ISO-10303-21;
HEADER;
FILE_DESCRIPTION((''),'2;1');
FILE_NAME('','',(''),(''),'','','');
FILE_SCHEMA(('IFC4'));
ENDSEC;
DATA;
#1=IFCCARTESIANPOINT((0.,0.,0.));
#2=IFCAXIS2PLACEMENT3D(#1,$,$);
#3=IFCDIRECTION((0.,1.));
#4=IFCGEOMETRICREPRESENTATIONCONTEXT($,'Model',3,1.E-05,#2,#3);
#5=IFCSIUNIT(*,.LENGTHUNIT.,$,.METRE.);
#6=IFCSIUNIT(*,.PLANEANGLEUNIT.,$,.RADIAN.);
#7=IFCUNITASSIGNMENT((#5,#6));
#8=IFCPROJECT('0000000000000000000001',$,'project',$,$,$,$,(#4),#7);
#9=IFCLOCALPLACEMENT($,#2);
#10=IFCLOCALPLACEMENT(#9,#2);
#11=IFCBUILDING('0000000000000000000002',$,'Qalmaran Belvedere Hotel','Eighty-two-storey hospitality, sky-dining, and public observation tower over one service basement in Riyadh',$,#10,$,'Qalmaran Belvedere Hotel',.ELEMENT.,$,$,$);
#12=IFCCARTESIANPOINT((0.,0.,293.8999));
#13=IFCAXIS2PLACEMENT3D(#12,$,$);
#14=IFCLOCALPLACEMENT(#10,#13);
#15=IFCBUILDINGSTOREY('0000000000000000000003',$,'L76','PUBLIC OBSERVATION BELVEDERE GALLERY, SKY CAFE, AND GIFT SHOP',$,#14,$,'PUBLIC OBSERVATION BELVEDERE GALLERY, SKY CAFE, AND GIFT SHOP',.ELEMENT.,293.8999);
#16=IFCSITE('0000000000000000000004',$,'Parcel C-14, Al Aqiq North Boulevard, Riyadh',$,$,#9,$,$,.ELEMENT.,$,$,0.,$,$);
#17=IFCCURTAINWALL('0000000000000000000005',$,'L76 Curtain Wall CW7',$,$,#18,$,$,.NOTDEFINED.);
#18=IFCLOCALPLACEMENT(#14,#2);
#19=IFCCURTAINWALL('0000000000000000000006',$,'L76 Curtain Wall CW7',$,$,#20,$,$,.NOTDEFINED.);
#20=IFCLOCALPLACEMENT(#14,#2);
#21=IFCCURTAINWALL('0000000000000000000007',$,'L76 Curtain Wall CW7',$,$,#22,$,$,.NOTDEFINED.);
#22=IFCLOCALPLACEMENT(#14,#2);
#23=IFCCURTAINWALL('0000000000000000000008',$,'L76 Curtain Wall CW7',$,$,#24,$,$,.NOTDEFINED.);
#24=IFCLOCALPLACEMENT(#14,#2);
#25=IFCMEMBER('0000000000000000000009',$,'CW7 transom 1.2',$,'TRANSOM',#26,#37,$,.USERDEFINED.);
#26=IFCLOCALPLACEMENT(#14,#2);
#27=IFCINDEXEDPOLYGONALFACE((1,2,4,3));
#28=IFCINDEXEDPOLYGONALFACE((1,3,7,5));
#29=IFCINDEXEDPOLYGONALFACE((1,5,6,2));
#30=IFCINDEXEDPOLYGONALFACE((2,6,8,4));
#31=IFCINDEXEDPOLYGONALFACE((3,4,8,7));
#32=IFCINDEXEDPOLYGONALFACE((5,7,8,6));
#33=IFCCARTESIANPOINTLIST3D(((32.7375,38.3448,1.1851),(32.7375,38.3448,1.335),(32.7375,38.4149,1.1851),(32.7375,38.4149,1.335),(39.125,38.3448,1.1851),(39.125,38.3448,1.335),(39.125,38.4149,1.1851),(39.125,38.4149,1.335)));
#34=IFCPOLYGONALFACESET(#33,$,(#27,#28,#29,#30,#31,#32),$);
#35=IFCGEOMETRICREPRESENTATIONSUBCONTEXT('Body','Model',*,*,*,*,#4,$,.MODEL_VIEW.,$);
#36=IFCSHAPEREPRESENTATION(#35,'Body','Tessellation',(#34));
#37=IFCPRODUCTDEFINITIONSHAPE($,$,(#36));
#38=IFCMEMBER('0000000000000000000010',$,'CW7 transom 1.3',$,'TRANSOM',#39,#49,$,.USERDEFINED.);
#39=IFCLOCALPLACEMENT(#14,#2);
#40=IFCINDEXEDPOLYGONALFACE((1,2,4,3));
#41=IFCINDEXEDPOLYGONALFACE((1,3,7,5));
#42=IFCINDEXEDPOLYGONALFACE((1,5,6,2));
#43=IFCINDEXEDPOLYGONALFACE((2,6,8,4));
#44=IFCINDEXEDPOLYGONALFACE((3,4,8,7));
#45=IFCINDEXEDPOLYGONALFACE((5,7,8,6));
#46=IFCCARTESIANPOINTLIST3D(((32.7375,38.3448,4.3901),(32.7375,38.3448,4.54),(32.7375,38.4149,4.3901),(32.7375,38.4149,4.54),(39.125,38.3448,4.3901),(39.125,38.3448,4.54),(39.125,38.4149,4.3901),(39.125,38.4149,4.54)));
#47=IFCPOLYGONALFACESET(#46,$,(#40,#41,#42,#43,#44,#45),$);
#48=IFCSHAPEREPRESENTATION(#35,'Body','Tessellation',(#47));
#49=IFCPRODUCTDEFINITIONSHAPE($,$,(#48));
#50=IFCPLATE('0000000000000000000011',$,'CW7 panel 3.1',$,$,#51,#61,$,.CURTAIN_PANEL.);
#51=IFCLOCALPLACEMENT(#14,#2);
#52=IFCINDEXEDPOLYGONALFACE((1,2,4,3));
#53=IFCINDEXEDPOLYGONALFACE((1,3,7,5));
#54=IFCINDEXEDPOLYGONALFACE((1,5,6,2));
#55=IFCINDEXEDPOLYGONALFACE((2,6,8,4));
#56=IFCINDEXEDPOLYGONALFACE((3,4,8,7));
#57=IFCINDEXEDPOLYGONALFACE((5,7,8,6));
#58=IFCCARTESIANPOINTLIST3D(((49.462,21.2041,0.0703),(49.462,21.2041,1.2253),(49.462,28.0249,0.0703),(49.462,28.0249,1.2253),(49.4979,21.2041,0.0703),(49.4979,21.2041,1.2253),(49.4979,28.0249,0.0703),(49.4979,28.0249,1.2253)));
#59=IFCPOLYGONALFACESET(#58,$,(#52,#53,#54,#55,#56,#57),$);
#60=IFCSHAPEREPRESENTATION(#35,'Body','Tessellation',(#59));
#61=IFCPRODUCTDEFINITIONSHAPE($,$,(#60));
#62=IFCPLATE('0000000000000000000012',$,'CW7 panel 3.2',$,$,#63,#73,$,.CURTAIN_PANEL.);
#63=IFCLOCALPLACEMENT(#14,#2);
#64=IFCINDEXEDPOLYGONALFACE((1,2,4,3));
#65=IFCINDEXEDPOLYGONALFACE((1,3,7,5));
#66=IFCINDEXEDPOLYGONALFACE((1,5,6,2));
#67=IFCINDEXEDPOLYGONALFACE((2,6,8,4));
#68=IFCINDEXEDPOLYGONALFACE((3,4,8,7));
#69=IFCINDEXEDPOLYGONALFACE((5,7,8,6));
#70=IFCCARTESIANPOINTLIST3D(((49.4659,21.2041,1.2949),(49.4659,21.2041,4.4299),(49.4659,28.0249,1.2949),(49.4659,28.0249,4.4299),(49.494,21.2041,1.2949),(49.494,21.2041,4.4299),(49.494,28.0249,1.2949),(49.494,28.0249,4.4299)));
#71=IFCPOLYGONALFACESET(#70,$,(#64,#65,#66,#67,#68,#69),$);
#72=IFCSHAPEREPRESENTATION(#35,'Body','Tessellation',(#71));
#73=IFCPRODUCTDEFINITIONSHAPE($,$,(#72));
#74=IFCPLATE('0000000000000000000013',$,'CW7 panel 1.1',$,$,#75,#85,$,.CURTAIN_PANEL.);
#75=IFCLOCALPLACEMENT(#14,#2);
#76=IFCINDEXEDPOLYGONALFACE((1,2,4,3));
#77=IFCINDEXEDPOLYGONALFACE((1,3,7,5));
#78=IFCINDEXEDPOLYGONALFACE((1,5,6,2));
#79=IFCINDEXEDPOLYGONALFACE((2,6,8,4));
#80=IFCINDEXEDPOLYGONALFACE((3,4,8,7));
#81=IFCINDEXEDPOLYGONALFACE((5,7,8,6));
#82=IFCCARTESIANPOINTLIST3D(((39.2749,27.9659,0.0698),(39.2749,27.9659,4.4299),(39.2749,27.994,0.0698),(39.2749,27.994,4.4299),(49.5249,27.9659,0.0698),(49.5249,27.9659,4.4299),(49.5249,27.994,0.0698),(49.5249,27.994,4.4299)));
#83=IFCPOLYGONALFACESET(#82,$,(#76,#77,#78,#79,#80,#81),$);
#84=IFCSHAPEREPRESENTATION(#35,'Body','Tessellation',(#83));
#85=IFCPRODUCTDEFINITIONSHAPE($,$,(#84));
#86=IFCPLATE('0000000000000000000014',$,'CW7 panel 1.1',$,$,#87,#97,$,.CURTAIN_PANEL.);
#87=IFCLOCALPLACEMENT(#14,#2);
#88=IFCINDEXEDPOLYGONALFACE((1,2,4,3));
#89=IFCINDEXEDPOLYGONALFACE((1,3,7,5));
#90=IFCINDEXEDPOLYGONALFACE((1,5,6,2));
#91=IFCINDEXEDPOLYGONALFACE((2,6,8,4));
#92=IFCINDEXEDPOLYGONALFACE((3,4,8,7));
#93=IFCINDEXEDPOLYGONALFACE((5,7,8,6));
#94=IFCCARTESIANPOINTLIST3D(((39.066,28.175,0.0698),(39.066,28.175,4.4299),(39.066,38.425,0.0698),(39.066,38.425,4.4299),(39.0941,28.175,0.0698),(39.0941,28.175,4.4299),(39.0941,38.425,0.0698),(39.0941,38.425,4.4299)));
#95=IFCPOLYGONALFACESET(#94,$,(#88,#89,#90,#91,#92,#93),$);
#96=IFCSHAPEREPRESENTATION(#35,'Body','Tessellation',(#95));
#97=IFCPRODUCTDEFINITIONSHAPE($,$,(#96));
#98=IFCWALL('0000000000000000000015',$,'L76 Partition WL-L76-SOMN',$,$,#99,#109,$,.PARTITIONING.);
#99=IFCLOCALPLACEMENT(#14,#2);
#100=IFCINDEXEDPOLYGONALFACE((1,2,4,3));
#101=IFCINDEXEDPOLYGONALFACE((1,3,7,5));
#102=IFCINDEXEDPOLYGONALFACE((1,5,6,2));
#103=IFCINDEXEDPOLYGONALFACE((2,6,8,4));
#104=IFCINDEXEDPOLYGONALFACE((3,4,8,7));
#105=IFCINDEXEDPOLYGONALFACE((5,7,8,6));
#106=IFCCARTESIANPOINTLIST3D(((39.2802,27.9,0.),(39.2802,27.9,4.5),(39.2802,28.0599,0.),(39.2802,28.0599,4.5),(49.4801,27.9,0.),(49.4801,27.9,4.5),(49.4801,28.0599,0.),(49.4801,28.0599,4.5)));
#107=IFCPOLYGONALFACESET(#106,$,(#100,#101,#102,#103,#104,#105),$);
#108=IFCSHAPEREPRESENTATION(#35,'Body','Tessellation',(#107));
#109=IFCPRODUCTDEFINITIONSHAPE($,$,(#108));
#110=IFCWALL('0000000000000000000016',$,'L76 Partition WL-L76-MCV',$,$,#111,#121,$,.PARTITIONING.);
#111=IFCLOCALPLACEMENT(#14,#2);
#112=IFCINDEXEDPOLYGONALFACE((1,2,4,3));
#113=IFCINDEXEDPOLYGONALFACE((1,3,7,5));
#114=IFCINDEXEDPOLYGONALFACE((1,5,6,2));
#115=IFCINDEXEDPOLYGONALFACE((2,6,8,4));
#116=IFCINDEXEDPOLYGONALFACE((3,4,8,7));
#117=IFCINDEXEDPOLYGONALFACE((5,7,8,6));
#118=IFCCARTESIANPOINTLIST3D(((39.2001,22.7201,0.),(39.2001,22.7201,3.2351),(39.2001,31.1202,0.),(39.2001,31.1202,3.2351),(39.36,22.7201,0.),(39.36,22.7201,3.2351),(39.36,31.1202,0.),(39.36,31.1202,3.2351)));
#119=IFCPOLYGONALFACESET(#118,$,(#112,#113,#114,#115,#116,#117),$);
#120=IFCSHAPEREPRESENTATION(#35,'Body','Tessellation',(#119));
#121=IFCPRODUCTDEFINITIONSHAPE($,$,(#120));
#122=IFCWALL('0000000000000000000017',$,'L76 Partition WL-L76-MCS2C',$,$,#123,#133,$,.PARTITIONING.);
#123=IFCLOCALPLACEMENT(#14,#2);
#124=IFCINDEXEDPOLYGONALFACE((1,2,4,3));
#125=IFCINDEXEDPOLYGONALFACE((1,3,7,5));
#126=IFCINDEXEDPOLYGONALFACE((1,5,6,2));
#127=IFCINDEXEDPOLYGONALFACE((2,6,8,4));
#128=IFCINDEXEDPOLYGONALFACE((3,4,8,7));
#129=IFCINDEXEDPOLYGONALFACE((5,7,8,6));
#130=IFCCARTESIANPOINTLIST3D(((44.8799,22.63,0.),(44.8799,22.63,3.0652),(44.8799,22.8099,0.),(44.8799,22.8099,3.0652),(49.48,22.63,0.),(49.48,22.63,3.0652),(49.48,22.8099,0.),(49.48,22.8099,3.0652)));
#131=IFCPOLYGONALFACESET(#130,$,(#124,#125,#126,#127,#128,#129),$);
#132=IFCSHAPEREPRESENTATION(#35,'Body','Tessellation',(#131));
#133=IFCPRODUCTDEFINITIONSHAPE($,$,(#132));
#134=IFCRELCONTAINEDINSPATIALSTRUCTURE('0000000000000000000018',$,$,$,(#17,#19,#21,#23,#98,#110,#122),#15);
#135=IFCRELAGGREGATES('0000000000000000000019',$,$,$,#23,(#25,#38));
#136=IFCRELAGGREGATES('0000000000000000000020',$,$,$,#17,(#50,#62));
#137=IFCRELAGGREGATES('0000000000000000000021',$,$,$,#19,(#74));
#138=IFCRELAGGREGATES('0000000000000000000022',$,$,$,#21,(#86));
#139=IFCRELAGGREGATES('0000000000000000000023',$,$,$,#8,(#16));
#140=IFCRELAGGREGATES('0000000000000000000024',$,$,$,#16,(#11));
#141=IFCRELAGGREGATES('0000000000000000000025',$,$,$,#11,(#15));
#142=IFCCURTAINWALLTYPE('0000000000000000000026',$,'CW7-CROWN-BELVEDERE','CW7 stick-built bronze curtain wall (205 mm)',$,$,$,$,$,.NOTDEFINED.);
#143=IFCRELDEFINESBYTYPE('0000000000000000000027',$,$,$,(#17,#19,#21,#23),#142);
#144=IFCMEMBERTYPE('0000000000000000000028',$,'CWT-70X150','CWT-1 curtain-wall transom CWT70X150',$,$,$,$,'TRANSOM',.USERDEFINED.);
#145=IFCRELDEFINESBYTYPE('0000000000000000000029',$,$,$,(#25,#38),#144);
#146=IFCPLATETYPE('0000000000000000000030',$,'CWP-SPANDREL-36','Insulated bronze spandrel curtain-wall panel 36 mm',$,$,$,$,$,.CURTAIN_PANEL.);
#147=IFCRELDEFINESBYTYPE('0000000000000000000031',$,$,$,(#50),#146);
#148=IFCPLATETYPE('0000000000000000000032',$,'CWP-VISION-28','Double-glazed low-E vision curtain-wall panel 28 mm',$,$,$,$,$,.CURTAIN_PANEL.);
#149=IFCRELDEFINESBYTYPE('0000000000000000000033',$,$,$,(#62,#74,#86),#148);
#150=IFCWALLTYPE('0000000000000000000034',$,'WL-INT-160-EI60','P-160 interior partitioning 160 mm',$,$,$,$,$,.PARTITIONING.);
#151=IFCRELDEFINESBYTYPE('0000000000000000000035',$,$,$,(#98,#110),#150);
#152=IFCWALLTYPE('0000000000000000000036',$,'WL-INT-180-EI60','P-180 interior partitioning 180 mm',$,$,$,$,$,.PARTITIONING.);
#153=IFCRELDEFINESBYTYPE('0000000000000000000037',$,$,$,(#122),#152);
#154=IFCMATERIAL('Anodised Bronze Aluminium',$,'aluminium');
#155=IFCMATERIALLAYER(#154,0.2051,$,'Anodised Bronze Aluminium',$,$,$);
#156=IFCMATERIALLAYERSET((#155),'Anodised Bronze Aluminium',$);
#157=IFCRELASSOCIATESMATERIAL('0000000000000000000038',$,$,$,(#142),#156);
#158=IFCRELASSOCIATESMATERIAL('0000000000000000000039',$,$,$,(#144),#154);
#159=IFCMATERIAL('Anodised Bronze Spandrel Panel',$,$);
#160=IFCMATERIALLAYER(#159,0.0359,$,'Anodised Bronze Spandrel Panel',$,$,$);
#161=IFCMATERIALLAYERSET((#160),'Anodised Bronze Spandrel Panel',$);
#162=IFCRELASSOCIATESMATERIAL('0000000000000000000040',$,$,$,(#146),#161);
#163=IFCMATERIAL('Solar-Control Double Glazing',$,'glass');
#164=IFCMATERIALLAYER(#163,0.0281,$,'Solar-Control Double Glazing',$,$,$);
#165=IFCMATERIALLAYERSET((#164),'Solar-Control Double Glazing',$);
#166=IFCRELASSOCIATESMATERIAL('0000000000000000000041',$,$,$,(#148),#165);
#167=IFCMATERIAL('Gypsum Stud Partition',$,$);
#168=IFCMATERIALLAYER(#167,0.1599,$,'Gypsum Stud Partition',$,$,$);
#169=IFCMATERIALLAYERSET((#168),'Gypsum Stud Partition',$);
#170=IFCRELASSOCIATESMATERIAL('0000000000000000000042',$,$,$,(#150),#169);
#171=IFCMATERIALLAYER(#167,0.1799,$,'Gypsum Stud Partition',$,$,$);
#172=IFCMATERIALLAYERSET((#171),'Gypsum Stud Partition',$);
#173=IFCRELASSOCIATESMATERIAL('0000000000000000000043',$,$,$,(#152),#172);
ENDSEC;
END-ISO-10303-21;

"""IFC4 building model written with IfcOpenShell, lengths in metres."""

from ifc_helpers import new_model, si_unit, direction, frame, frame_2d, origin, origin_2d, place, context, subcontext, project, spatial, rectangle, extrude, material, layer, layer_set, material_profile, profile_set, type_object, element, aggregate, save


model = new_model("IFC4")

# Units and contexts
model_context = context("Model", 3, precision=1e-05, world=origin(), true_north=direction((0.0, 1.0)))
body_context = subcontext(model_context, "Body", "Model", "MODEL_VIEW")
ifc_project = project(units=[si_unit("LENGTHUNIT", "METRE"), si_unit("PLANEANGLEUNIT", "RADIAN")], contexts=[model_context])

# Site, building, storey
site_placement = place(None, origin())
site = spatial("IfcSite", under=ifc_project, at=site_placement, Name="Parcel C-14, Al Aqiq North Boulevard, Riyadh", CompositionType="ELEMENT", RefElevation=0.0)
building_placement = place(site_placement, origin())
building = spatial("IfcBuilding", under=site, at=building_placement, Name="Qalmaran Belvedere Hotel", Description="Eighty-two-storey hospitality, sky-dining, and public observation tower over one service basement in Riyadh", LongName="Qalmaran Belvedere Hotel", CompositionType="ELEMENT")
storey_placement = place(building_placement, frame((0.0, 0.0, 293.8999)))
storey = spatial("IfcBuildingStorey", under=building, at=storey_placement, Name="L76", Description="PUBLIC OBSERVATION BELVEDERE GALLERY, SKY CAFE, AND GIFT SHOP", LongName="PUBLIC OBSERVATION BELVEDERE GALLERY, SKY CAFE, AND GIFT SHOP", CompositionType="ELEMENT", Elevation=293.8999)

# Curtain walls
ifc_material_1 = material(Name="Anodised Bronze Aluminium", Category="aluminium")
ifc_layer_1 = layer(ifc_material_1, 0.2051, Name="Anodised Bronze Aluminium")
ifc_layer_set_1 = layer_set([ifc_layer_1], Name="Anodised Bronze Aluminium")
curtain_wall_type = type_object("IfcCurtainWallType", Name="CW7-CROWN-BELVEDERE", Description="CW7 stick-built bronze curtain wall (205 mm)", PredefinedType="NOTDEFINED", material=ifc_layer_set_1)
curtain_wall_1_placement = place(storey_placement, origin())
curtain_wall_1 = element("IfcCurtainWall", 1, at=curtain_wall_1_placement, inside=storey, type_object=curtain_wall_type, Name="L76 Curtain Wall CW7", PredefinedType="NOTDEFINED")
curtain_wall_2_placement = place(storey_placement, origin())
curtain_wall_2 = element("IfcCurtainWall", 2, at=curtain_wall_2_placement, inside=storey, type_object=curtain_wall_type, Name="L76 Curtain Wall CW7", PredefinedType="NOTDEFINED")
curtain_wall_3_placement = place(storey_placement, origin())
curtain_wall_3 = element("IfcCurtainWall", 3, at=curtain_wall_3_placement, inside=storey, type_object=curtain_wall_type, Name="L76 Curtain Wall CW7", PredefinedType="NOTDEFINED")

# Curtain wall
curtain_wall_4_placement = place(storey_placement, origin())
curtain_wall_4 = element("IfcCurtainWall", 4, at=curtain_wall_4_placement, inside=storey, type_object=curtain_wall_type, Name="L76 Curtain Wall CW7", PredefinedType="NOTDEFINED")

# Members
ifc_material_profile_1 = material_profile(ifc_material_1, rectangle(XDim=0.0701, YDim=0.1499, at=origin_2d()), Name="CWT70X150")
ifc_profile_set_1 = profile_set([ifc_material_profile_1], Name="Anodised Bronze Aluminium")
member_type_1 = type_object("IfcMemberType", Name="CWT-70X150", Description="CWT-1 curtain-wall transom CWT70X150", ElementType="TRANSOM", PredefinedType="USERDEFINED", material=ifc_profile_set_1)
member_1_placement = place(storey_placement, frame((39.125, 38.3799, 1.26), z_axis=(-1.0, 0.0, 0.0), x_axis=(0.0, -1.0, 0.0)))
member_1 = element("IfcMember", 5, at=member_1_placement, type_object=member_type_1, Name="CW7 transom 1.2", ObjectType="TRANSOM", PredefinedType="USERDEFINED", context=body_context, shape_type="SweptSolid", body=[
    extrude(rectangle(XDim=0.0701, YDim=0.1499, at=origin_2d()), origin(), (0.0, 0.0, 1.0), 6.3875),
])
member_2_placement = place(storey_placement, frame((39.125, 38.3799, 4.4651), z_axis=(-1.0, 0.0, 0.0), x_axis=(0.0, -1.0, 0.0)))
member_2 = element("IfcMember", 6, at=member_2_placement, type_object=member_type_1, Name="CW7 transom 1.3", ObjectType="TRANSOM", PredefinedType="USERDEFINED", context=body_context, shape_type="SweptSolid", body=[
    extrude(rectangle(XDim=0.0701, YDim=0.1499, at=origin_2d()), origin(), (0.0, 0.0, 1.0), 6.3875),
])
aggregate(curtain_wall_4, [member_1, member_2])

# Plates
ifc_material_2 = material(Name="Anodised Bronze Spandrel Panel")
ifc_layer_2 = layer(ifc_material_2, 0.0359, Name="Anodised Bronze Spandrel Panel")
ifc_layer_set_2 = layer_set([ifc_layer_2], Name="Anodised Bronze Spandrel Panel")
plate_type_1 = type_object("IfcPlateType", Name="CWP-SPANDREL-36", Description="Insulated bronze spandrel curtain-wall panel 36 mm", PredefinedType="CURTAIN_PANEL", material=ifc_layer_set_2)
plate_1_placement = place(storey_placement, frame((49.48, 24.6145, 0.0703), z_axis=(0.0, 0.0, 1.0), x_axis=(0.0, 1.0, 0.0)))
plate_1 = element("IfcPlate", 7, at=plate_1_placement, type_object=plate_type_1, Name="CW7 panel 3.1", PredefinedType="CURTAIN_PANEL", context=body_context, shape_type="SweptSolid", body=[
    extrude(rectangle(XDim=6.8208, YDim=0.0359, at=origin_2d()), origin(), (0.0, 0.0, 1.0), 1.155),
])
ifc_material_3 = material(Name="Solar-Control Double Glazing", Category="glass")
ifc_layer_3 = layer(ifc_material_3, 0.0281, Name="Solar-Control Double Glazing")
ifc_layer_set_3 = layer_set([ifc_layer_3], Name="Solar-Control Double Glazing")
plate_type_2 = type_object("IfcPlateType", Name="CWP-VISION-28", Description="Double-glazed low-E vision curtain-wall panel 28 mm", PredefinedType="CURTAIN_PANEL", material=ifc_layer_set_3)
plate_2_placement = place(storey_placement, frame((49.48, 24.6145, 1.2949), z_axis=(0.0, 0.0, 1.0), x_axis=(0.0, 1.0, 0.0)))
plate_2 = element("IfcPlate", 8, at=plate_2_placement, type_object=plate_type_2, Name="CW7 panel 3.2", PredefinedType="CURTAIN_PANEL", context=body_context, shape_type="SweptSolid", body=[
    extrude(rectangle(XDim=6.8208, YDim=0.0281, at=origin_2d()), origin(), (0.0, 0.0, 1.0), 3.135),
])
aggregate(curtain_wall_1, [plate_1, plate_2])
plate_3_placement = place(storey_placement, frame((44.3999, 27.98, 0.0698), z_axis=(0.0, 0.0, 1.0), x_axis=(-1.0, 0.0, 0.0)))
plate_3 = element("IfcPlate", 9, at=plate_3_placement, type_object=plate_type_2, Name="CW7 panel 1.1", PredefinedType="CURTAIN_PANEL", context=body_context, shape_type="SweptSolid", body=[
    extrude(rectangle(XDim=10.25, YDim=0.0281, at=origin_2d()), origin(), (0.0, 0.0, 1.0), 4.3601),
])
aggregate(curtain_wall_2, [plate_3])
plate_4_placement = place(storey_placement, frame((39.0801, 33.3, 0.0698), z_axis=(0.0, 0.0, 1.0), x_axis=(0.0, 1.0, 0.0)))
plate_4 = element("IfcPlate", 10, at=plate_4_placement, type_object=plate_type_2, Name="CW7 panel 1.1", PredefinedType="CURTAIN_PANEL", context=body_context, shape_type="SweptSolid", body=[
    extrude(rectangle(XDim=10.25, YDim=0.0281, at=origin_2d()), origin(), (0.0, 0.0, 1.0), 4.3601),
])
aggregate(curtain_wall_3, [plate_4])

# Walls
ifc_material_4 = material(Name="Gypsum Stud Partition")
ifc_layer_4 = layer(ifc_material_4, 0.1599, Name="Gypsum Stud Partition")
ifc_layer_set_4 = layer_set([ifc_layer_4], Name="Gypsum Stud Partition")
wall_type_1 = type_object("IfcWallType", Name="WL-INT-160-EI60", Description="P-160 interior partitioning 160 mm", PredefinedType="PARTITIONING", material=ifc_layer_set_4)
wall_1_placement = place(storey_placement, frame((39.28, 27.98, 0.0), z_axis=(0.0, 0.0, 1.0), x_axis=(1.0, 0.0, 0.0)))
element("IfcWall", 11, at=wall_1_placement, inside=storey, type_object=wall_type_1, Name="L76 Partition WL-L76-SOMN", PredefinedType="PARTITIONING", context=body_context, shape_type="SweptSolid", body=[
    extrude(rectangle(XDim=10.2, YDim=0.1599, at=frame_2d((5.1001, 0.0))), origin(), (0.0, 0.0, 1.0), 4.5),
])
wall_2_placement = place(storey_placement, frame((39.28, 22.72, 0.0), z_axis=(0.0, 0.0, 1.0), x_axis=(0.0, 1.0, 0.0)))
element("IfcWall", 12, at=wall_2_placement, inside=storey, type_object=wall_type_1, Name="L76 Partition WL-L76-MCV", PredefinedType="PARTITIONING", context=body_context, shape_type="SweptSolid", body=[
    extrude(rectangle(XDim=8.4001, YDim=0.1599, at=frame_2d((4.2002, 0.0))), origin(), (0.0, 0.0, 1.0), 3.2351),
])

# Shared definitions
ifc_layer_5 = layer(ifc_material_4, 0.1799, Name="Gypsum Stud Partition")
ifc_layer_set_5 = layer_set([ifc_layer_5], Name="Gypsum Stud Partition")
wall_type_2 = type_object("IfcWallType", Name="WL-INT-180-EI60", Description="P-180 interior partitioning 180 mm", PredefinedType="PARTITIONING", material=ifc_layer_set_5)

# Wall
wall_3_placement = place(storey_placement, frame((44.8799, 22.72, 0.0), z_axis=(0.0, 0.0, 1.0), x_axis=(1.0, 0.0, 0.0)))
element("IfcWall", 13, at=wall_3_placement, inside=storey, type_object=wall_type_2, Name="L76 Partition WL-L76-MCS2C", PredefinedType="PARTITIONING", context=body_context, shape_type="SweptSolid", body=[
    extrude(rectangle(XDim=4.6001, YDim=0.1799, at=frame_2d((2.3, 0.0))), origin(), (0.0, 0.0, 1.0), 3.0652),
])

save(model, "model.ifc")
